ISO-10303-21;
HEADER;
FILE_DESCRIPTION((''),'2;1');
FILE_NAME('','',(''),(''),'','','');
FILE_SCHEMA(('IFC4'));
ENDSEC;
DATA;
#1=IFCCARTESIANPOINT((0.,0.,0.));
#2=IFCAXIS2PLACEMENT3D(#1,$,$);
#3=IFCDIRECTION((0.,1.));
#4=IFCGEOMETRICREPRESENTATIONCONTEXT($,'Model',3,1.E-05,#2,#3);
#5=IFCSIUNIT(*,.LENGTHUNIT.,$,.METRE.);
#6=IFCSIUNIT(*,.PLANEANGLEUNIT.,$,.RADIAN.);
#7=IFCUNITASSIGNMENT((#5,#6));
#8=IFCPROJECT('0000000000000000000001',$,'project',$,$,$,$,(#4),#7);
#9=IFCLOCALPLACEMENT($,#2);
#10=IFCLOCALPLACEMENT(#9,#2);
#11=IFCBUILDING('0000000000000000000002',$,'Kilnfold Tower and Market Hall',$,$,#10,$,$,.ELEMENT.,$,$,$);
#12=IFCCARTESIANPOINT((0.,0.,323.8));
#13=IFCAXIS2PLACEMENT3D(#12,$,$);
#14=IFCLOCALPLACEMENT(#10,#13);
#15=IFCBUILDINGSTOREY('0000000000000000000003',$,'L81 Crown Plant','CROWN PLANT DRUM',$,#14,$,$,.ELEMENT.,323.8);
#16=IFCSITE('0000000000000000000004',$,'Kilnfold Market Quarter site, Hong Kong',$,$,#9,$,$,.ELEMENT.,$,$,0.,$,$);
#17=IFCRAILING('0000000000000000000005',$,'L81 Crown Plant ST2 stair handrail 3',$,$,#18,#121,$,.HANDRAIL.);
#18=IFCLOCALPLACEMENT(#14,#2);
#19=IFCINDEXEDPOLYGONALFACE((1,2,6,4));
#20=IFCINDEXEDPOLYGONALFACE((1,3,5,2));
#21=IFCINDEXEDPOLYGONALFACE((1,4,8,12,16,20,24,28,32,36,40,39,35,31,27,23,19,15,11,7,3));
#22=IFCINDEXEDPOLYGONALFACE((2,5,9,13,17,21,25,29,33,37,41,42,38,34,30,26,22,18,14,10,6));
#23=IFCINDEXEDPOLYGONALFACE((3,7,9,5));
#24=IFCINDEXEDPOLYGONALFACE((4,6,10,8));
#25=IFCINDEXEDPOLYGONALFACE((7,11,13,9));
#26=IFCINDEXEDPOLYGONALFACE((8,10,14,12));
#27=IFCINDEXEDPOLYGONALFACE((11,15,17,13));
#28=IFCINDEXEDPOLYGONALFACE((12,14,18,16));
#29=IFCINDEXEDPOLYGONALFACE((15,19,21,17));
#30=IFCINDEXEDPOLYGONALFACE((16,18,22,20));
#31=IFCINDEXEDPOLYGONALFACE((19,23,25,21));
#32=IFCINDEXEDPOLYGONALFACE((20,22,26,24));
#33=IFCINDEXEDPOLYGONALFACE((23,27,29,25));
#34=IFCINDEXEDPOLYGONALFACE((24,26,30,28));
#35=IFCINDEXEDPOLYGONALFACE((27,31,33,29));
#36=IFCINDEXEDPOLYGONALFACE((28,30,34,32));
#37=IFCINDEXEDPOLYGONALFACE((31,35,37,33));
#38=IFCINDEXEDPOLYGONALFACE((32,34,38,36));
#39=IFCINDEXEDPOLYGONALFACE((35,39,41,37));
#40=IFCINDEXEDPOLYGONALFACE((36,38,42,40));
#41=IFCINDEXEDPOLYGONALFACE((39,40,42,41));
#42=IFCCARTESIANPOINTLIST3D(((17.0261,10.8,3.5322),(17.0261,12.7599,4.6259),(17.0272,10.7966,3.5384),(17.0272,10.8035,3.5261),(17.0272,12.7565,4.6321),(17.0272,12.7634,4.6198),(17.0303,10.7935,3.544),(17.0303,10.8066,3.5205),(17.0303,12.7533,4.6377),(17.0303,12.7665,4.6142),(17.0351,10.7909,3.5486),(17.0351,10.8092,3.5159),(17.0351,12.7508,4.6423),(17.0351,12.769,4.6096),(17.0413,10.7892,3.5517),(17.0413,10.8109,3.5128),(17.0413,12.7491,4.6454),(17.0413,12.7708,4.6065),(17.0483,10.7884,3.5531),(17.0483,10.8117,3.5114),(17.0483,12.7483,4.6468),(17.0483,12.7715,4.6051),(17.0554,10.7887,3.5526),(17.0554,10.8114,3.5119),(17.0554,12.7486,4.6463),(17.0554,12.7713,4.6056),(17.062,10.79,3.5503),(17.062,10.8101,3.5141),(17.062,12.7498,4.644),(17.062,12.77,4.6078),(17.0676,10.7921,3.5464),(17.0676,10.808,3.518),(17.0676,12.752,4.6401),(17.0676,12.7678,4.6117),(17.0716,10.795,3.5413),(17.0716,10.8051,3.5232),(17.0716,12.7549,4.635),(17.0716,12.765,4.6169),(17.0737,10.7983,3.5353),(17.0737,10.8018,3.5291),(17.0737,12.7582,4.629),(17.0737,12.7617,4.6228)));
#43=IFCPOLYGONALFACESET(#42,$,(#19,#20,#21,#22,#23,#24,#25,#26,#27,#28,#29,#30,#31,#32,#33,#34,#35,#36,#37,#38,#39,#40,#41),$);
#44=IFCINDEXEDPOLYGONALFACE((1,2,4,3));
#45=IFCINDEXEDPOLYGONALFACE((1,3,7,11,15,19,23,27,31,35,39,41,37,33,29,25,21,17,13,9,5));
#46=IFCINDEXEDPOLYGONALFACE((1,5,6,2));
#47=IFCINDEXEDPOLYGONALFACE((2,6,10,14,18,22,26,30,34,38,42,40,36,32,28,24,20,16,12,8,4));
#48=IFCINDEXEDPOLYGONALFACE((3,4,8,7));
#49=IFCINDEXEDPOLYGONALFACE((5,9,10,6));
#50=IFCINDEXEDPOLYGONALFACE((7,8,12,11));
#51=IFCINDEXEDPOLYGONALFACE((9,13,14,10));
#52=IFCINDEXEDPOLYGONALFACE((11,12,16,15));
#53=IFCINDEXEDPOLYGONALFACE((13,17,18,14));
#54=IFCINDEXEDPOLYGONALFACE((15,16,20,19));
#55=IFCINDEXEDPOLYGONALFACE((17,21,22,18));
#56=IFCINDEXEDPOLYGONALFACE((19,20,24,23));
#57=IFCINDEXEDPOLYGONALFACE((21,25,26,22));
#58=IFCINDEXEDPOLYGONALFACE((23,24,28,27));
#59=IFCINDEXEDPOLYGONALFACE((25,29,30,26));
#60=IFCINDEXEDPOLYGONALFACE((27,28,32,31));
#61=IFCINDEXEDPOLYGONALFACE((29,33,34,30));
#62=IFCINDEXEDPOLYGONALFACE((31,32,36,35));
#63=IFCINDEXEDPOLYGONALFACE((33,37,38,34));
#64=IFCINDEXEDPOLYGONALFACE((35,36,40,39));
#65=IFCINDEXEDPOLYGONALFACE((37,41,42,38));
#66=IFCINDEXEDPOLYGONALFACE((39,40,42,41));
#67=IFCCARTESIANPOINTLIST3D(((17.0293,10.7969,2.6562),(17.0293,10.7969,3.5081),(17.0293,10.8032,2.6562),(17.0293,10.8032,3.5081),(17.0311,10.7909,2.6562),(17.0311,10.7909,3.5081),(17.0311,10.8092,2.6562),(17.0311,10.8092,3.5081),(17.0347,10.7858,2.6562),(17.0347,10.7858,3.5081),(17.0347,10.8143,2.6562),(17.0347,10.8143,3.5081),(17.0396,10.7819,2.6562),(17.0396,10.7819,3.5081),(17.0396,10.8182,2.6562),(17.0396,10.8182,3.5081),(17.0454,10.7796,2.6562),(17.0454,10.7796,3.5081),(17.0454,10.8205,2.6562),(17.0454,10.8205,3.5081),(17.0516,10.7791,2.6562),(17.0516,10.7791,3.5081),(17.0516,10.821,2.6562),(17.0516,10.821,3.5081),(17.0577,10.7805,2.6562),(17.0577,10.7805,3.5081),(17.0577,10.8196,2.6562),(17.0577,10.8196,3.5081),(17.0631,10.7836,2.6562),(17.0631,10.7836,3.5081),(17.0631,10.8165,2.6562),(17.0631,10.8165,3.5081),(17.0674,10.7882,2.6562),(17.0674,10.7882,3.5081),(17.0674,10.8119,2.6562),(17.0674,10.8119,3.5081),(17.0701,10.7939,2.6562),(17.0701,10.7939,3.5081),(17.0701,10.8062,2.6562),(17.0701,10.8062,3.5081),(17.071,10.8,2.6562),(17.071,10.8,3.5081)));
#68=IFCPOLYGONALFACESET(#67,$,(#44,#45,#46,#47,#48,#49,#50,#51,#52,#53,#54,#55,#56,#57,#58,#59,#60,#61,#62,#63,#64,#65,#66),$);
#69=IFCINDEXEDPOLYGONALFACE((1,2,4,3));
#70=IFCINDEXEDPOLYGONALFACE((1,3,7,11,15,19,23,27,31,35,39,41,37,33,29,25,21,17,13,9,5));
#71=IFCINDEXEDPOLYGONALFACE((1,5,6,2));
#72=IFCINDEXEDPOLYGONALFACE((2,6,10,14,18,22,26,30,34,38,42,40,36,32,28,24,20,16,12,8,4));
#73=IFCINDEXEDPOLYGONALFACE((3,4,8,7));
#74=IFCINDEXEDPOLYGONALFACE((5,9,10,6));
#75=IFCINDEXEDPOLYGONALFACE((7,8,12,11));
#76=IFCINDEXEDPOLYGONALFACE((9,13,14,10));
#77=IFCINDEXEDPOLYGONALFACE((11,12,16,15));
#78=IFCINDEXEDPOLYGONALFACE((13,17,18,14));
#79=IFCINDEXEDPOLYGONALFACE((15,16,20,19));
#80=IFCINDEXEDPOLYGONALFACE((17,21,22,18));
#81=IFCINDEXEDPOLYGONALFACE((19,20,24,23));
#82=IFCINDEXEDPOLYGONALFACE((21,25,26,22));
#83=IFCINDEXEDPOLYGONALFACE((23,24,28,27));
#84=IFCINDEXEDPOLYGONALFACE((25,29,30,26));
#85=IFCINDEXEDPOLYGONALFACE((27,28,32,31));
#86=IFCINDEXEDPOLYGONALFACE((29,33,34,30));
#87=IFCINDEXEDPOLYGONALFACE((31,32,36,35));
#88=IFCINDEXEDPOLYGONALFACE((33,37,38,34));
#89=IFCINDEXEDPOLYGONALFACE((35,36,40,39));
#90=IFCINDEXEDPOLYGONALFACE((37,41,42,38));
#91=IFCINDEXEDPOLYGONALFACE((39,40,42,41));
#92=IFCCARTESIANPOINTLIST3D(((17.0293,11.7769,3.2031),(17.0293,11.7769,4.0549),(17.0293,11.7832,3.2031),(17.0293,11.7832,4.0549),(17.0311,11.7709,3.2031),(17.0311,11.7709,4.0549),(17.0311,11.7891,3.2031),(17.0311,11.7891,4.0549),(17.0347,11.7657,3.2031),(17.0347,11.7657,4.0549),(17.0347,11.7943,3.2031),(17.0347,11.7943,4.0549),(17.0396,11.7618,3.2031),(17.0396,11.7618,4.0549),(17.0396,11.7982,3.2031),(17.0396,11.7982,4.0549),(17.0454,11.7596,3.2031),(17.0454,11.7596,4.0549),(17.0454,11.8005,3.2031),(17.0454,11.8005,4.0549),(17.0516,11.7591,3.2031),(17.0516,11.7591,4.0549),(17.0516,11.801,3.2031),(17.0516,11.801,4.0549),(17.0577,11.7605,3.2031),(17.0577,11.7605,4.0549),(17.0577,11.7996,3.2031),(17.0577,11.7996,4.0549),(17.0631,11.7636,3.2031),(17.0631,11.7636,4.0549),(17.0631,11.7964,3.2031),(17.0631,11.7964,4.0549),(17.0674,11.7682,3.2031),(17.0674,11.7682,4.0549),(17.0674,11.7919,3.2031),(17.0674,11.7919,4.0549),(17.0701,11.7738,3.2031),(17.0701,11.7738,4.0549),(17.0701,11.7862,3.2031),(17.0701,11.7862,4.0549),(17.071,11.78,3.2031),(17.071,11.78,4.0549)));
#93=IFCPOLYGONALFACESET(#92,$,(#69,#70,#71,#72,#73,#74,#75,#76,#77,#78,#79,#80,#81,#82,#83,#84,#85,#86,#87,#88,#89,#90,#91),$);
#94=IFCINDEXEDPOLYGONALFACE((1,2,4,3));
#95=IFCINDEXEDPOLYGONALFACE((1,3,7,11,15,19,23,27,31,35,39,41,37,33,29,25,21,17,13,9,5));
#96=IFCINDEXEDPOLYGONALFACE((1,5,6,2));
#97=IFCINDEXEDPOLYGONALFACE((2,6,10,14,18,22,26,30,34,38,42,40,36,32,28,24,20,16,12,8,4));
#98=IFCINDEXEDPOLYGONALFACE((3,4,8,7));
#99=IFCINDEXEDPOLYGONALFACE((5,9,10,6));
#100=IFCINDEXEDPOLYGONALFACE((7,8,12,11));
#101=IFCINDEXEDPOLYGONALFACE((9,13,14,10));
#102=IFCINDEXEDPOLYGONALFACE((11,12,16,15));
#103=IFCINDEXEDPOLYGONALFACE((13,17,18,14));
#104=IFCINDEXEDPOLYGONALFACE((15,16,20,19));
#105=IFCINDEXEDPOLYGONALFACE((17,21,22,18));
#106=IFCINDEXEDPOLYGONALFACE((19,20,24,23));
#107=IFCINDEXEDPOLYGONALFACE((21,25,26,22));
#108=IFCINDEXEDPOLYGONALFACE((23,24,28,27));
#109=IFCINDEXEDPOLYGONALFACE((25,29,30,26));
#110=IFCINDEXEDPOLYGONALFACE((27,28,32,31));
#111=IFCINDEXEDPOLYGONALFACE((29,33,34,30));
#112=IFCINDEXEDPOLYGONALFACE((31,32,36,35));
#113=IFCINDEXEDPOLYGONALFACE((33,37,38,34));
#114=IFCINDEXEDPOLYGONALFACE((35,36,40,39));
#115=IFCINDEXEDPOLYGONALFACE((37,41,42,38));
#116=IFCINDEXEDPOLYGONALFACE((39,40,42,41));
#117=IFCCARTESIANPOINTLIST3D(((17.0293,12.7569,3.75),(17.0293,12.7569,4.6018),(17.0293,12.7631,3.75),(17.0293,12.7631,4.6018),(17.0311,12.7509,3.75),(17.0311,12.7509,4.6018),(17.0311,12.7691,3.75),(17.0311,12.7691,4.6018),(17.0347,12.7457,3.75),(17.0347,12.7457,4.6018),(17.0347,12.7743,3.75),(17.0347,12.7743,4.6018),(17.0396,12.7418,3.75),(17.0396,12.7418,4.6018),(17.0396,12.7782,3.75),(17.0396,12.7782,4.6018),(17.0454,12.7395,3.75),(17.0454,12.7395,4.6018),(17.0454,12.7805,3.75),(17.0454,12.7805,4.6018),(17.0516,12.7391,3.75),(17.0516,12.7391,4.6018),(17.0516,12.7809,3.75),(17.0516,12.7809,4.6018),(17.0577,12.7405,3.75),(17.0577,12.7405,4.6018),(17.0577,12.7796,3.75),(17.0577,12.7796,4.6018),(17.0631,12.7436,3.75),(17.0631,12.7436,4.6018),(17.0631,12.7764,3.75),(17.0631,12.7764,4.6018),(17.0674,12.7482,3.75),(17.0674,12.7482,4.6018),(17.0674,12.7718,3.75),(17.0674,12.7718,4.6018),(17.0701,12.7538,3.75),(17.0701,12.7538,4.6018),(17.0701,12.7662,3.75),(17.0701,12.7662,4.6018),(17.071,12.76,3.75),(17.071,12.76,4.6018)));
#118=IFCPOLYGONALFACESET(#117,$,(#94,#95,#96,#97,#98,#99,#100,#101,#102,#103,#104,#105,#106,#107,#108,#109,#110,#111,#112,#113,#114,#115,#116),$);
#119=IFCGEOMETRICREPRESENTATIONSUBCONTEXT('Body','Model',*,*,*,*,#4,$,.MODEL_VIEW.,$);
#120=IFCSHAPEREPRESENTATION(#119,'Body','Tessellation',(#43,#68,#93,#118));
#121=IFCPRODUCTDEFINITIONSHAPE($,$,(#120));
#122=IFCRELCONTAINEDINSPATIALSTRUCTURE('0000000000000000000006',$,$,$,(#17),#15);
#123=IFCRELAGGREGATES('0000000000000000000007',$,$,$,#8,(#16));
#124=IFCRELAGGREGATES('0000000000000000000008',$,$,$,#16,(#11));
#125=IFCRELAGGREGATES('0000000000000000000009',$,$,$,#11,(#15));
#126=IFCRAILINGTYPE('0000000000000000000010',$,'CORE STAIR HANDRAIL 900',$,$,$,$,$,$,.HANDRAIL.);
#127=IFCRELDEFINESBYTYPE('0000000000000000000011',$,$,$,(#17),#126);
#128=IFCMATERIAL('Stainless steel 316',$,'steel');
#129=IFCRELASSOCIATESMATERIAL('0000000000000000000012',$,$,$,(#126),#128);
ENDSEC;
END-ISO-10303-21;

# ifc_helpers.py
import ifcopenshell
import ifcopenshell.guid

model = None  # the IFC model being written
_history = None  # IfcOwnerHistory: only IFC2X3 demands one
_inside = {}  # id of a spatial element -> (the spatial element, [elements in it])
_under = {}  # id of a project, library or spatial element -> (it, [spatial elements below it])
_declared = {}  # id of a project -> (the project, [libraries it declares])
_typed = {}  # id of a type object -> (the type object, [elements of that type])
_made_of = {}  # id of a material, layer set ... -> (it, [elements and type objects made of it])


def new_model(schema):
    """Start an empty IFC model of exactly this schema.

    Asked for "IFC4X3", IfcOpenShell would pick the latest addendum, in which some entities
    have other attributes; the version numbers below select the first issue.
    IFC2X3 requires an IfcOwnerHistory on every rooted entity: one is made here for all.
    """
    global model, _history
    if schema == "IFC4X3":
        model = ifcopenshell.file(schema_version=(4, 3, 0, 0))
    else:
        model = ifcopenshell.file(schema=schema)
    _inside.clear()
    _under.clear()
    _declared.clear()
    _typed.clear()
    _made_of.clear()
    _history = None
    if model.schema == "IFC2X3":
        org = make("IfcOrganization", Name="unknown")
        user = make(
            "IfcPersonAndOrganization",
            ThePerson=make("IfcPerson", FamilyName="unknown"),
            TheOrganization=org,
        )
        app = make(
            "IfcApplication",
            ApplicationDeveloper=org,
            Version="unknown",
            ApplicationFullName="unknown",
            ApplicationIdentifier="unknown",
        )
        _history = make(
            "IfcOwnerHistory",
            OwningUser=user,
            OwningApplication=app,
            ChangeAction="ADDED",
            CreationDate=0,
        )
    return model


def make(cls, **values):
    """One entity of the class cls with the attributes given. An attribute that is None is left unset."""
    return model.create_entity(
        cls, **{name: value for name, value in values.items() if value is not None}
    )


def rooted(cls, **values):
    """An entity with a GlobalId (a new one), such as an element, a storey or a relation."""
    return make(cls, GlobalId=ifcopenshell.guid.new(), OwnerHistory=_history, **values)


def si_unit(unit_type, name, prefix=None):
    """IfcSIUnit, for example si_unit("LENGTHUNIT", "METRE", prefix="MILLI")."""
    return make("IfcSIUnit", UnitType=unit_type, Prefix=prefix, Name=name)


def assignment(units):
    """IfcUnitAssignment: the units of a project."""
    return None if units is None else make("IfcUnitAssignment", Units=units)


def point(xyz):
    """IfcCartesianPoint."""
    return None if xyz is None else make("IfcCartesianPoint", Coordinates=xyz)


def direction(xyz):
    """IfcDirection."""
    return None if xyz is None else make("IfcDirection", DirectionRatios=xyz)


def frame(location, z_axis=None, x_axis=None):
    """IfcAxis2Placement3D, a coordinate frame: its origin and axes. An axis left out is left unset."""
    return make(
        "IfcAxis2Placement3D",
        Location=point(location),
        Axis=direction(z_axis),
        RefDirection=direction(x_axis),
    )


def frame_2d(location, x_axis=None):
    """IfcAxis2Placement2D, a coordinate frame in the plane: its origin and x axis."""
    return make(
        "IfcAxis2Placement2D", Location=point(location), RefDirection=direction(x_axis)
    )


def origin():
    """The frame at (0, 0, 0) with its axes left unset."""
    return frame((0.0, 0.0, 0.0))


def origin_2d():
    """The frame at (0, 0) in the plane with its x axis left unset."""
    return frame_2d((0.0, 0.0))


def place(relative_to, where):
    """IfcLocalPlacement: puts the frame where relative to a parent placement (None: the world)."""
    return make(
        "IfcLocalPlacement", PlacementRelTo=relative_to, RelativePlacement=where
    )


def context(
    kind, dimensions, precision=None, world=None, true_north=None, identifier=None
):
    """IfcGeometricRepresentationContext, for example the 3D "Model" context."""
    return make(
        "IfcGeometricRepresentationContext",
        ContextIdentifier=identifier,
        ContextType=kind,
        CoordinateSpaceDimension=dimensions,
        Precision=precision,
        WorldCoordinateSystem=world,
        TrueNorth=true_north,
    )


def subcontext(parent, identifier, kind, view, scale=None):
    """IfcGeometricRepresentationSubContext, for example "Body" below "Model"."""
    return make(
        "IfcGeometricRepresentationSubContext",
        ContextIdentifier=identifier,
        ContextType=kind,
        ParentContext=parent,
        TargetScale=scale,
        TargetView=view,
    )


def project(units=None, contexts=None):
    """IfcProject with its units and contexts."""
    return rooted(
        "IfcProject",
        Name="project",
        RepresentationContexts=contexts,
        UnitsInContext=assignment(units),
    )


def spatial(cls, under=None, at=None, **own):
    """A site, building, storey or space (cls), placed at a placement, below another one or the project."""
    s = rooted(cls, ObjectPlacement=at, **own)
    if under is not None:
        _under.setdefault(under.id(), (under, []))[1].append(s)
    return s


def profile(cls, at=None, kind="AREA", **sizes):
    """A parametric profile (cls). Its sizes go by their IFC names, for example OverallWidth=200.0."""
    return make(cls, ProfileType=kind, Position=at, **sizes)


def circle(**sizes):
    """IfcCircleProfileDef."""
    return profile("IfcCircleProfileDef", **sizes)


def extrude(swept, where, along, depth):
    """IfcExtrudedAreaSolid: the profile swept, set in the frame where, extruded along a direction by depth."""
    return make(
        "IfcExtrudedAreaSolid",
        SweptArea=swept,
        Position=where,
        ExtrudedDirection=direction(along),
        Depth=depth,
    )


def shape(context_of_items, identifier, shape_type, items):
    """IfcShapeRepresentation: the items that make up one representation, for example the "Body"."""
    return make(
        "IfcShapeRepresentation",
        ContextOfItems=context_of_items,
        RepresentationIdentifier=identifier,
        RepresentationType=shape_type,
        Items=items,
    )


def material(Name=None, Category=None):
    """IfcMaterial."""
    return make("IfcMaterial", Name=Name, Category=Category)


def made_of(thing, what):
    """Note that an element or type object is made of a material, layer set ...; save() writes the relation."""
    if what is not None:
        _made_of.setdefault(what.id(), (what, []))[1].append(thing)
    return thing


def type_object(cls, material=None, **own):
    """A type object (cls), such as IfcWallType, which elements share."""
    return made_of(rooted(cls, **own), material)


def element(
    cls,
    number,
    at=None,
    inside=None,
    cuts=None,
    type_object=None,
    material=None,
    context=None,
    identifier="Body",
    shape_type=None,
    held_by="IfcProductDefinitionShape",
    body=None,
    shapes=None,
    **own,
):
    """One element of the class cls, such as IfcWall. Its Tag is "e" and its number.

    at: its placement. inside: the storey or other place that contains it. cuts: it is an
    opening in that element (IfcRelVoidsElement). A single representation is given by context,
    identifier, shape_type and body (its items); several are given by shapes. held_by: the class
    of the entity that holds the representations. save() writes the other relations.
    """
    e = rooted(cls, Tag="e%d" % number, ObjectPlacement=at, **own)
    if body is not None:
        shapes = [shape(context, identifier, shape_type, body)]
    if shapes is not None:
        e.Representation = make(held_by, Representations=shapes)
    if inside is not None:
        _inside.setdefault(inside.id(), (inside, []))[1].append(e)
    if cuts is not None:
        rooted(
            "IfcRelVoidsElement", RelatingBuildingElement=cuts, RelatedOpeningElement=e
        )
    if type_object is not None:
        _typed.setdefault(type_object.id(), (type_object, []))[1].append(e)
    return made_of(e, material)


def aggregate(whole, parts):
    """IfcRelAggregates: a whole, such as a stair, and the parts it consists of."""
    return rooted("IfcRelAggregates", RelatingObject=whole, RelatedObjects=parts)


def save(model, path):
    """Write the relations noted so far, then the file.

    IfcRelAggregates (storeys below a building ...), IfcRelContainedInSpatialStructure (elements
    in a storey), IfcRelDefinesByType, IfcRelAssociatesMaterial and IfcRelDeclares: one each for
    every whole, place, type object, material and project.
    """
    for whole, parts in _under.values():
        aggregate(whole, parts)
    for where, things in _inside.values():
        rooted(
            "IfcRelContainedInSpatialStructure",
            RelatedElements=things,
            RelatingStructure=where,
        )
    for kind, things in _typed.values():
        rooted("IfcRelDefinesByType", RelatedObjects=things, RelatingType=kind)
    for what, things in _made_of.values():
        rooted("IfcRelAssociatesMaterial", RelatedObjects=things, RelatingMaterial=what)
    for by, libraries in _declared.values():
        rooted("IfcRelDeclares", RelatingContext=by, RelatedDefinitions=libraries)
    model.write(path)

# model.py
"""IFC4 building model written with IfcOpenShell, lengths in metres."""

from ifc_helpers import new_model, si_unit, direction, frame, origin, origin_2d, place, context, subcontext, project, spatial, circle, extrude, material, type_object, element, save


model = new_model("IFC4")

# Units and contexts
model_context = context("Model", 3, precision=1e-05, world=origin(), true_north=direction((0.0, 1.0)))
body_context = subcontext(model_context, "Body", "Model", "MODEL_VIEW")
ifc_project = project(units=[si_unit("LENGTHUNIT", "METRE"), si_unit("PLANEANGLEUNIT", "RADIAN")], contexts=[model_context])

# Site, building, storey
site_placement = place(None, origin())
site = spatial("IfcSite", under=ifc_project, at=site_placement, Name="Kilnfold Market Quarter site, Hong Kong", CompositionType="ELEMENT", RefElevation=0.0)
building_placement = place(site_placement, origin())
building = spatial("IfcBuilding", under=site, at=building_placement, Name="Kilnfold Tower and Market Hall", CompositionType="ELEMENT")
storey_placement = place(building_placement, frame((0.0, 0.0, 323.8)))
storey = spatial("IfcBuildingStorey", under=building, at=storey_placement, Name="L81 Crown Plant", Description="CROWN PLANT DRUM", CompositionType="ELEMENT", Elevation=323.8)

# Railing
ifc_material_1 = material(Name="Stainless steel 316", Category="steel")
railing_type_1 = type_object("IfcRailingType", Name="CORE STAIR HANDRAIL 900", PredefinedType="HANDRAIL", material=ifc_material_1)
railing_1_placement = place(storey_placement, frame((17.05, 10.8, 2.6562)))
element("IfcRailing", 1, at=railing_1_placement, inside=storey, type_object=railing_type_1, Name="L81 Crown Plant ST2 stair handrail 3", PredefinedType="HANDRAIL", context=body_context, shape_type="SweptSolid", body=[
    extrude(circle(Radius=0.0239, at=origin_2d()), frame((0.0, 0.0, 0.876), z_axis=(0.0, 0.873232, 0.487304), x_axis=(-1.0, 0.0, 0.0)), (0.0, 0.0, 1.0), 2.2444),
    extrude(circle(Radius=0.021, at=origin_2d()), origin(), (0.0, 0.0, 1.0), 0.8518),
    extrude(circle(Radius=0.021, at=origin_2d()), frame((0.0, 0.98, 0.5469)), (0.0, 0.0, 1.0), 0.8518),
    extrude(circle(Radius=0.021, at=origin_2d()), frame((0.0, 1.96, 1.0938)), (0.0, 0.0, 1.0), 0.8518),
])

save(model, "model.ifc")
